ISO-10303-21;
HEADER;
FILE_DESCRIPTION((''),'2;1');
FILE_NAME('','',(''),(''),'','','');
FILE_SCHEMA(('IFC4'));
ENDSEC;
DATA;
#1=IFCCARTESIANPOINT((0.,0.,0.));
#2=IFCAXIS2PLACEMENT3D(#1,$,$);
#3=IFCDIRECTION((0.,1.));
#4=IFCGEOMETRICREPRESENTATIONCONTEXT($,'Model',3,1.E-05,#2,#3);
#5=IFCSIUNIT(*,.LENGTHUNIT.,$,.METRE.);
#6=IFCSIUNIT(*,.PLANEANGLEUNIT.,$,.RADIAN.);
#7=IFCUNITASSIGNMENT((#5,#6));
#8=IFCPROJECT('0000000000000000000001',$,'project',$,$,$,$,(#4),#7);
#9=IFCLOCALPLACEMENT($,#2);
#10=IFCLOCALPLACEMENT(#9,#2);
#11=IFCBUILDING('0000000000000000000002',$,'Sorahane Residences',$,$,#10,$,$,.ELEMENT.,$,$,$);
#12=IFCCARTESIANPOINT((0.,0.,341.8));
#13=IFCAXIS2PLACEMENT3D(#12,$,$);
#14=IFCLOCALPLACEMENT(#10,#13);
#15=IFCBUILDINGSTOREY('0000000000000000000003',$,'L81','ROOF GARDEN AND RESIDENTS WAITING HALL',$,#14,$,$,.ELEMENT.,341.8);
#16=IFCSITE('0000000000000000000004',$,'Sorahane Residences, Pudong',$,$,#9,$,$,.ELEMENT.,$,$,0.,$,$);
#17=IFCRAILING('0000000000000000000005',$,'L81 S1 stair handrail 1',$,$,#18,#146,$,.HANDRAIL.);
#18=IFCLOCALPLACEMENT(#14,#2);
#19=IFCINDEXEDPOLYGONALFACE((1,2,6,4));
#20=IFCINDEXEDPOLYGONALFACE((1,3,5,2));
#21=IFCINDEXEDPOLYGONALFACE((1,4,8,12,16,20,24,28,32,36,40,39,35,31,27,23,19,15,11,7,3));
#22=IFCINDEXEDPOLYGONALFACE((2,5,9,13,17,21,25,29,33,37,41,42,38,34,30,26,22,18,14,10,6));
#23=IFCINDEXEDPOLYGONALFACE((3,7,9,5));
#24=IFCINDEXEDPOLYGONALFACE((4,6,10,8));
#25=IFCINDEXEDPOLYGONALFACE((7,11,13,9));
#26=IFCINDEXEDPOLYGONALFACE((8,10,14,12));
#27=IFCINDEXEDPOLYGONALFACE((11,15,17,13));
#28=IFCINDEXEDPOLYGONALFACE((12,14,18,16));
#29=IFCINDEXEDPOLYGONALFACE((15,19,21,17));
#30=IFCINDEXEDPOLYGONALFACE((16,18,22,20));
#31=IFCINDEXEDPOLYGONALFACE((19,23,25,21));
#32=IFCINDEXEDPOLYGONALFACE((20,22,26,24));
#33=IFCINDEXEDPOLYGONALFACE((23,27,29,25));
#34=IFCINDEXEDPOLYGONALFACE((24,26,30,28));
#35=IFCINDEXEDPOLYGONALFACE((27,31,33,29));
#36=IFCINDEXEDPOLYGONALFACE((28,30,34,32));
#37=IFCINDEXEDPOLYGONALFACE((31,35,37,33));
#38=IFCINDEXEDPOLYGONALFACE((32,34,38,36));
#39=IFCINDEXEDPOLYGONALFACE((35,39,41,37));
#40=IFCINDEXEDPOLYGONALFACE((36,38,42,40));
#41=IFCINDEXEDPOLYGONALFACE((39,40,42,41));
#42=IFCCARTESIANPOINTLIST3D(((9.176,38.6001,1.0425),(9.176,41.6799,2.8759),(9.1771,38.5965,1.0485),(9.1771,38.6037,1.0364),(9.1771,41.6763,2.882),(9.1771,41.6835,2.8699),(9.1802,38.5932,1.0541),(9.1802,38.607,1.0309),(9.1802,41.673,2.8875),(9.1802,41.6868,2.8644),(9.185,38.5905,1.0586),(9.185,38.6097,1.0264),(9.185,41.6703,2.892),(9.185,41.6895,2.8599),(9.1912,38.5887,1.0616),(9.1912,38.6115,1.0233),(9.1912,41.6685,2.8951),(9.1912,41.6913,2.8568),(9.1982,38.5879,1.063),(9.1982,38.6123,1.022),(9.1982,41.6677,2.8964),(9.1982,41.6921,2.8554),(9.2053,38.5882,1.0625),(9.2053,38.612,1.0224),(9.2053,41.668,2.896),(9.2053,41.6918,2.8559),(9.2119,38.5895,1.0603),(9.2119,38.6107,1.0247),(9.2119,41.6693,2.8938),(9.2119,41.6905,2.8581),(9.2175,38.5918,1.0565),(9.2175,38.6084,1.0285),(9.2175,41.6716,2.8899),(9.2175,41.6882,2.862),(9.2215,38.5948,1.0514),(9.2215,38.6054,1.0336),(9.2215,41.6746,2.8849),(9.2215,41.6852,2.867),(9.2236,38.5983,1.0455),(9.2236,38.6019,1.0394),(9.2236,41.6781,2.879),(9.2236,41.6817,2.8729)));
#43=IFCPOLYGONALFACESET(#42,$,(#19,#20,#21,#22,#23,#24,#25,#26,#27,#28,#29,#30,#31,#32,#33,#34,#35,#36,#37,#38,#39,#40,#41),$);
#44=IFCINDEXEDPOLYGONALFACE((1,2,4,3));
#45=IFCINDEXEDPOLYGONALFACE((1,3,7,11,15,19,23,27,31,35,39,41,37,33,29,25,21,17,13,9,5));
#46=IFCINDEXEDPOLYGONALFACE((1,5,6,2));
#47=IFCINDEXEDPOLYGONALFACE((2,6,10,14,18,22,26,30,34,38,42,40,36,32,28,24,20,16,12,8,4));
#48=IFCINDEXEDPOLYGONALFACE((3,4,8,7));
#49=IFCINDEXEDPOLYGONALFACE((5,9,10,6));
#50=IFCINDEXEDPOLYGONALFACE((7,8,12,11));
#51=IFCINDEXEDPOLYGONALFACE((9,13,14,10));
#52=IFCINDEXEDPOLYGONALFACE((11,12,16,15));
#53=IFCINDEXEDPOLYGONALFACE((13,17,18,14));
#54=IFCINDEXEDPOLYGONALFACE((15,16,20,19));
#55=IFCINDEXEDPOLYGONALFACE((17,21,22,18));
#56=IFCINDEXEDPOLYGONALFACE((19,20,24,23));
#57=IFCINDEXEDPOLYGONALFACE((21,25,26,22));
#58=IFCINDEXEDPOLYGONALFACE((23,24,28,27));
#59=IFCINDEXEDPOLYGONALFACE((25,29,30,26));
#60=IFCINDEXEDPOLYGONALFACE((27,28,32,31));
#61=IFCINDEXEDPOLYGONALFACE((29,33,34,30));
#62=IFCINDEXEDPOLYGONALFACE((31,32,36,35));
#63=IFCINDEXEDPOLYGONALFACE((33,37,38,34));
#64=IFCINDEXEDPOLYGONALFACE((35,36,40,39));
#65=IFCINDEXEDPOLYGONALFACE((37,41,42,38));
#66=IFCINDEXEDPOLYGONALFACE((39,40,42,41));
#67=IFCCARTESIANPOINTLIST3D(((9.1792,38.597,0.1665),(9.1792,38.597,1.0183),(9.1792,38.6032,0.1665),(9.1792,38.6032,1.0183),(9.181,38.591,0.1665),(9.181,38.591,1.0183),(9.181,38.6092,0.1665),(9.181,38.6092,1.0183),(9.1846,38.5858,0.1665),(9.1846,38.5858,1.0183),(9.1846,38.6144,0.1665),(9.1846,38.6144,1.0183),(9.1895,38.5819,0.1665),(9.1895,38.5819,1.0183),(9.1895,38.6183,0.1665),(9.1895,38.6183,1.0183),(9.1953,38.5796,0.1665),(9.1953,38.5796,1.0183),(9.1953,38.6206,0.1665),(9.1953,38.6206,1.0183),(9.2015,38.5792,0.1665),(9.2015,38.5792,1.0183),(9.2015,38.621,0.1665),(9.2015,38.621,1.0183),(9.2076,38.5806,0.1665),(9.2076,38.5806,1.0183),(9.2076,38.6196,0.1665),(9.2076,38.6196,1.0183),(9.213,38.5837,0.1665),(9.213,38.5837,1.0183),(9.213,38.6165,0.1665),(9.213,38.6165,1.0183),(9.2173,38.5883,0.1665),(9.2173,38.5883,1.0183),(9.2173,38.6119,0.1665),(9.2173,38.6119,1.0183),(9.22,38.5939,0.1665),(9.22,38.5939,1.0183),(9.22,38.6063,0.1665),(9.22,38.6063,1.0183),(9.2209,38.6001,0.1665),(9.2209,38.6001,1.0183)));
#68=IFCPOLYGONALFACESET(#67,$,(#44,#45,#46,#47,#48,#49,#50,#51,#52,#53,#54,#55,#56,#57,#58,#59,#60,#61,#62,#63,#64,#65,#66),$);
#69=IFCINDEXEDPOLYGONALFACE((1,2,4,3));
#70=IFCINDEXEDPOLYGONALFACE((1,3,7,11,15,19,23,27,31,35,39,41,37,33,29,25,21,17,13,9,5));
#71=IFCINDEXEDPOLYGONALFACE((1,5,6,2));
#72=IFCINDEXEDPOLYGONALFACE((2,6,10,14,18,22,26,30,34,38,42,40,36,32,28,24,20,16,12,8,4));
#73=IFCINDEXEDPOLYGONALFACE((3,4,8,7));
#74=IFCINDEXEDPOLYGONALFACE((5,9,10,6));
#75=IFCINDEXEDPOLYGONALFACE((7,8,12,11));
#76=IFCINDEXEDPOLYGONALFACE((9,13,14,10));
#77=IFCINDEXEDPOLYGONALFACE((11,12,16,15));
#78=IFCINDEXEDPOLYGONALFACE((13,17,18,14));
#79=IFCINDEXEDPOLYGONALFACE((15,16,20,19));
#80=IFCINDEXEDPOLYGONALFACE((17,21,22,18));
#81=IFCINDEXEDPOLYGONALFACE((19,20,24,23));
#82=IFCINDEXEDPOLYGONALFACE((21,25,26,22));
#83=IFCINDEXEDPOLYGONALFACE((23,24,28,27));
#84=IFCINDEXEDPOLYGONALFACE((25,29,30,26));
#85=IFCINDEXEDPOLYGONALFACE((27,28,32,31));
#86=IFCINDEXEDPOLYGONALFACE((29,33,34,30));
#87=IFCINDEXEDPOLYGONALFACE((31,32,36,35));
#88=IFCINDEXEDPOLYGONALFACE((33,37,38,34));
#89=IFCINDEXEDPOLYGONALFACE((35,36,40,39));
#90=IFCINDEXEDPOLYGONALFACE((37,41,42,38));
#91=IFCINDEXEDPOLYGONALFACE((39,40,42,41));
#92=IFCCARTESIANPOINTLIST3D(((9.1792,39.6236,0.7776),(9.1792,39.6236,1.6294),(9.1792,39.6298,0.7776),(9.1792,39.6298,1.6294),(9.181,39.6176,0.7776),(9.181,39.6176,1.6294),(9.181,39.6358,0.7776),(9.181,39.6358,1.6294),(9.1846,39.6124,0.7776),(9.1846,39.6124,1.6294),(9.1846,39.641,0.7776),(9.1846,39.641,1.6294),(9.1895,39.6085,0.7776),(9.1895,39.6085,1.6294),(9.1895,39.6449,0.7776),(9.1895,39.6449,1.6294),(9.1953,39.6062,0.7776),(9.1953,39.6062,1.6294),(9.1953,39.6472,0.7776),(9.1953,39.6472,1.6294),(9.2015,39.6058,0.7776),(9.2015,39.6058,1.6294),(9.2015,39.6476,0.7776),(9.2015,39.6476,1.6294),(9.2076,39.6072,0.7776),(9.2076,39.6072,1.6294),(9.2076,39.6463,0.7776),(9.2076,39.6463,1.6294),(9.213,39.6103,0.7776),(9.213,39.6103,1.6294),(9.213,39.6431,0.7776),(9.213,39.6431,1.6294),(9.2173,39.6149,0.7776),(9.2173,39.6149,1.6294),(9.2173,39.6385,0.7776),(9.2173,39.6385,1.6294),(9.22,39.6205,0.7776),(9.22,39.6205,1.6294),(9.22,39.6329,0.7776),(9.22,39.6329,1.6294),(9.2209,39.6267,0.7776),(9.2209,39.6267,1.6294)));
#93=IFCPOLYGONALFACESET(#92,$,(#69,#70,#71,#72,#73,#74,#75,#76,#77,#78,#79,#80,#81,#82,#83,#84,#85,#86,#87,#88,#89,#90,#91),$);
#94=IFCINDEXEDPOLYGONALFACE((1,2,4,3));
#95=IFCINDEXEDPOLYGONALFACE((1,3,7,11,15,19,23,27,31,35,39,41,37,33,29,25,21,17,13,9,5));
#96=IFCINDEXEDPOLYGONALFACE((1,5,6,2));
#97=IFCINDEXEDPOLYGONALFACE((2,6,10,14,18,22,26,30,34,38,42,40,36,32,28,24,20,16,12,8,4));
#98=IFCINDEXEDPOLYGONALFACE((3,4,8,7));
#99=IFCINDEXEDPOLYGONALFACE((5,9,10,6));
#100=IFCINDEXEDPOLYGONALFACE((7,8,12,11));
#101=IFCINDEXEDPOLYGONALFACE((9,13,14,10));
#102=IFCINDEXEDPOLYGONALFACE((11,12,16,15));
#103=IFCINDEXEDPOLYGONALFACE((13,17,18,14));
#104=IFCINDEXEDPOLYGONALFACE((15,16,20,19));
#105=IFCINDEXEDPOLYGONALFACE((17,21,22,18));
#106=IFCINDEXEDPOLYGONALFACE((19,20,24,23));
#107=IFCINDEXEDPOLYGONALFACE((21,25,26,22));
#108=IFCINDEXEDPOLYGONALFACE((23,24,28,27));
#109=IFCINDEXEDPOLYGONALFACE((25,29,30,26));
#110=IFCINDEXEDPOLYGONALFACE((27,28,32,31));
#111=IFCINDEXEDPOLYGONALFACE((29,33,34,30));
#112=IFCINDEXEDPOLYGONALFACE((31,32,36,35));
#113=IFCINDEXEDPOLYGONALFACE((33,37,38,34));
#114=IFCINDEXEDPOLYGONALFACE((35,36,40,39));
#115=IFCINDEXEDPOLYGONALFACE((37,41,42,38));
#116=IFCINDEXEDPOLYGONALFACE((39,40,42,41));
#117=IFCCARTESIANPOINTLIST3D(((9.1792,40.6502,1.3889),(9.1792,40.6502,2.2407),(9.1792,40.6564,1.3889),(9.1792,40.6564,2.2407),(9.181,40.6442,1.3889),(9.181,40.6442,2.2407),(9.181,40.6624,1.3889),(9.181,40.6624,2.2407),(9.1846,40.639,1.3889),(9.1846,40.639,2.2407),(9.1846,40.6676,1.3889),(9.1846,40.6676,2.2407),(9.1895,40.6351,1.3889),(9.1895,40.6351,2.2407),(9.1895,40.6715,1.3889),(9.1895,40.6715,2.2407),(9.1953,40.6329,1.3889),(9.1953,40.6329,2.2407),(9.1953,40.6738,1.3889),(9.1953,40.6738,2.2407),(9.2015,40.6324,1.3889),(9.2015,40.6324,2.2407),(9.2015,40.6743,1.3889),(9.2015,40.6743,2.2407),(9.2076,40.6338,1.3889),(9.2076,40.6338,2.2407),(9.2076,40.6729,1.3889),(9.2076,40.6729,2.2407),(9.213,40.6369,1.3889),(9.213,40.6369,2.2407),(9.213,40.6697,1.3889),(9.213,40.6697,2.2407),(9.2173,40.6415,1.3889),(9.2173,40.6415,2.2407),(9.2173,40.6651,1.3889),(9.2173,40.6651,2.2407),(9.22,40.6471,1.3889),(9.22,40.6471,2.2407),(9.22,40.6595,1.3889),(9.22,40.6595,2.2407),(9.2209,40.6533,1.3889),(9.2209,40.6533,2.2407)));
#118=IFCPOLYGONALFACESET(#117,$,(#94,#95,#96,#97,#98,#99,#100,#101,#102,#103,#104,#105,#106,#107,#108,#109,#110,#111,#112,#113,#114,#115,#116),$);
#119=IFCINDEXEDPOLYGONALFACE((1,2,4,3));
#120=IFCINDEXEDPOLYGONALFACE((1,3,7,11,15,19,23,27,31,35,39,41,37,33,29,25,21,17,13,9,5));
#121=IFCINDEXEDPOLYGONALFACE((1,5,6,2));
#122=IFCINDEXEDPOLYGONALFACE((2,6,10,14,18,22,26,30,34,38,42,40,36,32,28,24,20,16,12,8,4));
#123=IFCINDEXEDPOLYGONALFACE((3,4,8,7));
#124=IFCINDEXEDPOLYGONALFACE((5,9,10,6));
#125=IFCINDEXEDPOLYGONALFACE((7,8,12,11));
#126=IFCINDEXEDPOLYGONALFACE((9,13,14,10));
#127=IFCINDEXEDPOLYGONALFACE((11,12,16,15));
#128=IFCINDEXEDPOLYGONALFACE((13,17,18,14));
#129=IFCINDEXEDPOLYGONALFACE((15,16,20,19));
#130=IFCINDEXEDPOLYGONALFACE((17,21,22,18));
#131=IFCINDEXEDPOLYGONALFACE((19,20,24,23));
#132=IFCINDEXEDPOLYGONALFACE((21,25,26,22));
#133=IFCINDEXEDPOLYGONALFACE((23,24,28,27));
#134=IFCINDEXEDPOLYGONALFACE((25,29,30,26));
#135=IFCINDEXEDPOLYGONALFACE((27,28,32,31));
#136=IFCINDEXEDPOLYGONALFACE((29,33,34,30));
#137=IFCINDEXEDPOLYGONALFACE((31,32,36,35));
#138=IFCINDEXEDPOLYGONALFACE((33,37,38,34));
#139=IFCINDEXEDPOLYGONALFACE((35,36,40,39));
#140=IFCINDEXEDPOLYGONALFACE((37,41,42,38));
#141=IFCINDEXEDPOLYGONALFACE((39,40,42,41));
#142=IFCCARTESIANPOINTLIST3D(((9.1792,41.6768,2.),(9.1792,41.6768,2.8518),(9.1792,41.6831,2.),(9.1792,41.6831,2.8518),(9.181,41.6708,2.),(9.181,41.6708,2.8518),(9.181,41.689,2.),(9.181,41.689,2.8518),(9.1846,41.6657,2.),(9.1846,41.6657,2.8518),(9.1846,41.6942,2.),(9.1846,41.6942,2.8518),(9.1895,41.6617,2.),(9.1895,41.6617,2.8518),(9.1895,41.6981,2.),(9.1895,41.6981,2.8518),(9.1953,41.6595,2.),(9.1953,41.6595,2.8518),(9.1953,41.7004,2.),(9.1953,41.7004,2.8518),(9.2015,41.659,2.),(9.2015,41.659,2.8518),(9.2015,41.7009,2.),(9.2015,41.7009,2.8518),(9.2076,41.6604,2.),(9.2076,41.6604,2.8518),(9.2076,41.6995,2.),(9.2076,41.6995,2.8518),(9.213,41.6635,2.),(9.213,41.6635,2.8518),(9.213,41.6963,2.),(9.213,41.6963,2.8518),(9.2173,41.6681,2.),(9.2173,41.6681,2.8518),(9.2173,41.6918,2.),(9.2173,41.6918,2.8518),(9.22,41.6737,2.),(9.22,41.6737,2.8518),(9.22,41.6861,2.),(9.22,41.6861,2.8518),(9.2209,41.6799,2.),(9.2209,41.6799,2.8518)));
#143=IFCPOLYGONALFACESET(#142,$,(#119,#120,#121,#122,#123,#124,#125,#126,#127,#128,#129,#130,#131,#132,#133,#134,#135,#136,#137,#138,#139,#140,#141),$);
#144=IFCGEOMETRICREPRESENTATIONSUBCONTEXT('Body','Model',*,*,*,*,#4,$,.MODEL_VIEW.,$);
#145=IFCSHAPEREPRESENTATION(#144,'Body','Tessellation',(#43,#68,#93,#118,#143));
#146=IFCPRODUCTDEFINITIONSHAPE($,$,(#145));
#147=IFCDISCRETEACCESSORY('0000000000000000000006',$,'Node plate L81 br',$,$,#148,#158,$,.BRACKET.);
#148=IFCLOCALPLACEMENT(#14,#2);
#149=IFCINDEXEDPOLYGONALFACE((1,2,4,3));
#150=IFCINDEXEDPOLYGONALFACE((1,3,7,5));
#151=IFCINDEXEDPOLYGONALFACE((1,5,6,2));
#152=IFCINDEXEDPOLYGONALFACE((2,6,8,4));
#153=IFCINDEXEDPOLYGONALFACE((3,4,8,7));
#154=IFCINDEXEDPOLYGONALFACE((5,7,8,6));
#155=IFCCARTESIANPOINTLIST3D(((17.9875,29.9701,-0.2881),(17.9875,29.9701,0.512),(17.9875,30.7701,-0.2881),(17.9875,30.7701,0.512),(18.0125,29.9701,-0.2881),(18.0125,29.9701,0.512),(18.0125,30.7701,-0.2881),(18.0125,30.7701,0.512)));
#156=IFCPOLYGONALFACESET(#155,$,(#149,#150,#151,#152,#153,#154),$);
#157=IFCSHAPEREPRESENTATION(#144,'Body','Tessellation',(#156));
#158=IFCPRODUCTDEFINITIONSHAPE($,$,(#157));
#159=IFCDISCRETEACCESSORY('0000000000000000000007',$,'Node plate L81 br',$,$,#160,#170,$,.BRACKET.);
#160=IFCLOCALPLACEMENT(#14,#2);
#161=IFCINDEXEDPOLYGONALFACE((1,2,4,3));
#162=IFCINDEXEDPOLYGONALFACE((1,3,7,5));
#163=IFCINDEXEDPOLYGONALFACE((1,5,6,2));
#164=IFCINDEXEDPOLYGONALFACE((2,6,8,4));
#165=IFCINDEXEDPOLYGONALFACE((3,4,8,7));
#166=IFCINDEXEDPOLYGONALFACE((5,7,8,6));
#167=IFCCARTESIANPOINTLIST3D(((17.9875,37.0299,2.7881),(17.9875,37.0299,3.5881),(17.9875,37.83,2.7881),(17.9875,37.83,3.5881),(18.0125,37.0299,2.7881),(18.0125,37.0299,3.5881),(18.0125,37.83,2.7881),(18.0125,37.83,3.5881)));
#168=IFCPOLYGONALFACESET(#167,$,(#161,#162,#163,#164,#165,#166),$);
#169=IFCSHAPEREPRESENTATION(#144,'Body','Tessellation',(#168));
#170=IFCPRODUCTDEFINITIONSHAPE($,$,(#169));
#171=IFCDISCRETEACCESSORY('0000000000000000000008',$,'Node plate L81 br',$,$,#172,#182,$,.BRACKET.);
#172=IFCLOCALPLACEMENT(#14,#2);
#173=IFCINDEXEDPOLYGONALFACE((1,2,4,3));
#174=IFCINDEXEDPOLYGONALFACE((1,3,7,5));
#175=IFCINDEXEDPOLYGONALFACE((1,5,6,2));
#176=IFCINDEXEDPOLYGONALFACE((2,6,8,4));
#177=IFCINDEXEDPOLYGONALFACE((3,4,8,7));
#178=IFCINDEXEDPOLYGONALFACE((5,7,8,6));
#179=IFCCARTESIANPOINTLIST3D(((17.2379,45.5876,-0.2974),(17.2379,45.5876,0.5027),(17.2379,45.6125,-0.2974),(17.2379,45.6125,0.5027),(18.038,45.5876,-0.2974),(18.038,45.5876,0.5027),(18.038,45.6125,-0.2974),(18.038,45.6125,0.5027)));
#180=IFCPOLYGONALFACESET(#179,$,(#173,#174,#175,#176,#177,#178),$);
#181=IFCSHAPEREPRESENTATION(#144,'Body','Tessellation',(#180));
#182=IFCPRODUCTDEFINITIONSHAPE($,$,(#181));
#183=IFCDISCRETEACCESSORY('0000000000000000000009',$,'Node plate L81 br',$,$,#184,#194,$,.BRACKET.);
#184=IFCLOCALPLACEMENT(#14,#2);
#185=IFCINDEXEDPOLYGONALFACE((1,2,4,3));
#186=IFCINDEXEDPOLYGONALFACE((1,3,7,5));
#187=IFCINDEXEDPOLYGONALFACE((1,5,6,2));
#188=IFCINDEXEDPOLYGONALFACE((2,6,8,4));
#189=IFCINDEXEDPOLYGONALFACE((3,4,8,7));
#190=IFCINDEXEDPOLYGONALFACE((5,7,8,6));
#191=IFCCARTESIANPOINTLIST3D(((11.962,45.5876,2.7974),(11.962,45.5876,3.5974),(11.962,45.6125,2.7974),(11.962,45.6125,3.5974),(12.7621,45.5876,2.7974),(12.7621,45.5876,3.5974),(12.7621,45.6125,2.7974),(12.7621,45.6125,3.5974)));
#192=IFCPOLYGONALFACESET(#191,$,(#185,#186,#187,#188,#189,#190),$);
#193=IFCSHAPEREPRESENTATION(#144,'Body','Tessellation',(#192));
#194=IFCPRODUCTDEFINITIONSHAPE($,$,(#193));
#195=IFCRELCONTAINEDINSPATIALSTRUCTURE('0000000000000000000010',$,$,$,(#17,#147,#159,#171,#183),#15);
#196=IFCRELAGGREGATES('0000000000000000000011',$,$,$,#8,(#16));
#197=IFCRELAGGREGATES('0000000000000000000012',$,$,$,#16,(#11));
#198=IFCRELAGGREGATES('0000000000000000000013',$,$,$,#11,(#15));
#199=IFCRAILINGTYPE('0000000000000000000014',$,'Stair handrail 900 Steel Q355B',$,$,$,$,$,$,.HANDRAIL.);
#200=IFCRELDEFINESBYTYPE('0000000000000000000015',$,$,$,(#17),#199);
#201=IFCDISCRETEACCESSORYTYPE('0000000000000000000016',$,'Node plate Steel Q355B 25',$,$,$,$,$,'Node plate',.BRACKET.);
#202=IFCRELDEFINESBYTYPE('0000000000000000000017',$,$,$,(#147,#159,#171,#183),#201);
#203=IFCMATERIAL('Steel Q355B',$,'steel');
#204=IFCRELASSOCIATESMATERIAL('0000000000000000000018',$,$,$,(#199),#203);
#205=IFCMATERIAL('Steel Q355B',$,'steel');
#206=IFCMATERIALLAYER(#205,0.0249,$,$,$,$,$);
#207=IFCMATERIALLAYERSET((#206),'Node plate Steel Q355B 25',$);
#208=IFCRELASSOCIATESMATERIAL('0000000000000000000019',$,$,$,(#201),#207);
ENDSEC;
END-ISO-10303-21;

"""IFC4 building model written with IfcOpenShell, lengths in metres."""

from ifc_helpers import new_model, si_unit, direction, frame, origin, origin_2d, place, context, subcontext, project, spatial, rectangle, circle, extrude, material, layer, layer_set, type_object, element, save


model = new_model("IFC4")

# Units and contexts
model_context = context("Model", 3, precision=1e-05, world=origin(), true_north=direction((0.0, 1.0)))
body_context = subcontext(model_context, "Body", "Model", "MODEL_VIEW")
ifc_project = project(units=[si_unit("LENGTHUNIT", "METRE"), si_unit("PLANEANGLEUNIT", "RADIAN")], contexts=[model_context])

# Site, building, storey
site_placement = place(None, origin())
site = spatial("IfcSite", under=ifc_project, at=site_placement, Name="Sorahane Residences, Pudong", CompositionType="ELEMENT", RefElevation=0.0)
building_placement = place(site_placement, origin())
building = spatial("IfcBuilding", under=site, at=building_placement, Name="Sorahane Residences", CompositionType="ELEMENT")
storey_placement = place(building_placement, frame((0.0, 0.0, 341.8)))
storey = spatial("IfcBuildingStorey", under=building, at=storey_placement, Name="L81", Description="ROOF GARDEN AND RESIDENTS WAITING HALL", CompositionType="ELEMENT", Elevation=341.8)

# Railing
ifc_material_1 = material(Name="Steel Q355B", Category="steel")
railing_type_1 = type_object("IfcRailingType", Name="Stair handrail 900 Steel Q355B", PredefinedType="HANDRAIL", material=ifc_material_1)
railing_1_placement = place(storey_placement, frame((9.2, 38.6001, 0.1665)))
element("IfcRailing", 1, at=railing_1_placement, inside=storey, type_object=railing_type_1, Name="L81 S1 stair handrail 1", PredefinedType="HANDRAIL", context=body_context, shape_type="SweptSolid", body=[
    extrude(circle(Radius=0.0239, at=origin_2d()), frame((0.0, 0.0, 0.876), z_axis=(0.0, 0.859261, 0.511538), x_axis=(-1.0, 0.0, 0.0)), (0.0, 0.0, 1.0), 3.5842),
    extrude(circle(Radius=0.021, at=origin_2d()), origin(), (0.0, 0.0, 1.0), 0.8518),
    extrude(circle(Radius=0.021, at=origin_2d()), frame((0.0, 1.0266, 0.6111)), (0.0, 0.0, 1.0), 0.8518),
    extrude(circle(Radius=0.021, at=origin_2d()), frame((0.0, 2.0532, 1.2224)), (0.0, 0.0, 1.0), 0.8518),
    extrude(circle(Radius=0.021, at=origin_2d()), frame((0.0, 3.0798, 1.8335)), (0.0, 0.0, 1.0), 0.8518),
])

# Discrete accessories
ifc_material_2 = material(Name="Steel Q355B", Category="steel")
ifc_layer_1 = layer(ifc_material_2, 0.0249)
ifc_layer_set_1 = layer_set([ifc_layer_1], Name="Node plate Steel Q355B 25")
discrete_accessory_type = type_object("IfcDiscreteAccessoryType", Name="Node plate Steel Q355B 25", ElementType="Node plate", PredefinedType="BRACKET", material=ifc_layer_set_1)
for number, where, z_axis, x_axis, name in (
    (2, (18.0, 30.3701, -0.2881), (0.0, 0.0, 1.0), (0.0, 1.0, 0.0), "Node plate L81 br"),
    (3, (18.0, 37.4299, 2.7881), (0.0, 0.0, 1.0), (0.0, 1.0, 0.0), "Node plate L81 br"),
    (4, (17.6379, 45.6001, -0.2974), (0.0, 0.0, 1.0), (1.0, 0.0, 0.0), "Node plate L81 br"),
    (5, (12.3621, 45.6001, 2.7974), (0.0, 0.0, 1.0), (1.0, 0.0, 0.0), "Node plate L81 br"),
):
    element("IfcDiscreteAccessory", number, at=place(storey_placement, frame(where, z_axis=z_axis, x_axis=x_axis)), inside=storey, type_object=discrete_accessory_type, Name=name, PredefinedType="BRACKET", context=body_context, shape_type="SweptSolid", body=[
        extrude(rectangle(XDim=0.8, YDim=0.0249, at=origin_2d()), origin(), (0.0, 0.0, 1.0), 0.8),
    ])

save(model, "model.ifc")
